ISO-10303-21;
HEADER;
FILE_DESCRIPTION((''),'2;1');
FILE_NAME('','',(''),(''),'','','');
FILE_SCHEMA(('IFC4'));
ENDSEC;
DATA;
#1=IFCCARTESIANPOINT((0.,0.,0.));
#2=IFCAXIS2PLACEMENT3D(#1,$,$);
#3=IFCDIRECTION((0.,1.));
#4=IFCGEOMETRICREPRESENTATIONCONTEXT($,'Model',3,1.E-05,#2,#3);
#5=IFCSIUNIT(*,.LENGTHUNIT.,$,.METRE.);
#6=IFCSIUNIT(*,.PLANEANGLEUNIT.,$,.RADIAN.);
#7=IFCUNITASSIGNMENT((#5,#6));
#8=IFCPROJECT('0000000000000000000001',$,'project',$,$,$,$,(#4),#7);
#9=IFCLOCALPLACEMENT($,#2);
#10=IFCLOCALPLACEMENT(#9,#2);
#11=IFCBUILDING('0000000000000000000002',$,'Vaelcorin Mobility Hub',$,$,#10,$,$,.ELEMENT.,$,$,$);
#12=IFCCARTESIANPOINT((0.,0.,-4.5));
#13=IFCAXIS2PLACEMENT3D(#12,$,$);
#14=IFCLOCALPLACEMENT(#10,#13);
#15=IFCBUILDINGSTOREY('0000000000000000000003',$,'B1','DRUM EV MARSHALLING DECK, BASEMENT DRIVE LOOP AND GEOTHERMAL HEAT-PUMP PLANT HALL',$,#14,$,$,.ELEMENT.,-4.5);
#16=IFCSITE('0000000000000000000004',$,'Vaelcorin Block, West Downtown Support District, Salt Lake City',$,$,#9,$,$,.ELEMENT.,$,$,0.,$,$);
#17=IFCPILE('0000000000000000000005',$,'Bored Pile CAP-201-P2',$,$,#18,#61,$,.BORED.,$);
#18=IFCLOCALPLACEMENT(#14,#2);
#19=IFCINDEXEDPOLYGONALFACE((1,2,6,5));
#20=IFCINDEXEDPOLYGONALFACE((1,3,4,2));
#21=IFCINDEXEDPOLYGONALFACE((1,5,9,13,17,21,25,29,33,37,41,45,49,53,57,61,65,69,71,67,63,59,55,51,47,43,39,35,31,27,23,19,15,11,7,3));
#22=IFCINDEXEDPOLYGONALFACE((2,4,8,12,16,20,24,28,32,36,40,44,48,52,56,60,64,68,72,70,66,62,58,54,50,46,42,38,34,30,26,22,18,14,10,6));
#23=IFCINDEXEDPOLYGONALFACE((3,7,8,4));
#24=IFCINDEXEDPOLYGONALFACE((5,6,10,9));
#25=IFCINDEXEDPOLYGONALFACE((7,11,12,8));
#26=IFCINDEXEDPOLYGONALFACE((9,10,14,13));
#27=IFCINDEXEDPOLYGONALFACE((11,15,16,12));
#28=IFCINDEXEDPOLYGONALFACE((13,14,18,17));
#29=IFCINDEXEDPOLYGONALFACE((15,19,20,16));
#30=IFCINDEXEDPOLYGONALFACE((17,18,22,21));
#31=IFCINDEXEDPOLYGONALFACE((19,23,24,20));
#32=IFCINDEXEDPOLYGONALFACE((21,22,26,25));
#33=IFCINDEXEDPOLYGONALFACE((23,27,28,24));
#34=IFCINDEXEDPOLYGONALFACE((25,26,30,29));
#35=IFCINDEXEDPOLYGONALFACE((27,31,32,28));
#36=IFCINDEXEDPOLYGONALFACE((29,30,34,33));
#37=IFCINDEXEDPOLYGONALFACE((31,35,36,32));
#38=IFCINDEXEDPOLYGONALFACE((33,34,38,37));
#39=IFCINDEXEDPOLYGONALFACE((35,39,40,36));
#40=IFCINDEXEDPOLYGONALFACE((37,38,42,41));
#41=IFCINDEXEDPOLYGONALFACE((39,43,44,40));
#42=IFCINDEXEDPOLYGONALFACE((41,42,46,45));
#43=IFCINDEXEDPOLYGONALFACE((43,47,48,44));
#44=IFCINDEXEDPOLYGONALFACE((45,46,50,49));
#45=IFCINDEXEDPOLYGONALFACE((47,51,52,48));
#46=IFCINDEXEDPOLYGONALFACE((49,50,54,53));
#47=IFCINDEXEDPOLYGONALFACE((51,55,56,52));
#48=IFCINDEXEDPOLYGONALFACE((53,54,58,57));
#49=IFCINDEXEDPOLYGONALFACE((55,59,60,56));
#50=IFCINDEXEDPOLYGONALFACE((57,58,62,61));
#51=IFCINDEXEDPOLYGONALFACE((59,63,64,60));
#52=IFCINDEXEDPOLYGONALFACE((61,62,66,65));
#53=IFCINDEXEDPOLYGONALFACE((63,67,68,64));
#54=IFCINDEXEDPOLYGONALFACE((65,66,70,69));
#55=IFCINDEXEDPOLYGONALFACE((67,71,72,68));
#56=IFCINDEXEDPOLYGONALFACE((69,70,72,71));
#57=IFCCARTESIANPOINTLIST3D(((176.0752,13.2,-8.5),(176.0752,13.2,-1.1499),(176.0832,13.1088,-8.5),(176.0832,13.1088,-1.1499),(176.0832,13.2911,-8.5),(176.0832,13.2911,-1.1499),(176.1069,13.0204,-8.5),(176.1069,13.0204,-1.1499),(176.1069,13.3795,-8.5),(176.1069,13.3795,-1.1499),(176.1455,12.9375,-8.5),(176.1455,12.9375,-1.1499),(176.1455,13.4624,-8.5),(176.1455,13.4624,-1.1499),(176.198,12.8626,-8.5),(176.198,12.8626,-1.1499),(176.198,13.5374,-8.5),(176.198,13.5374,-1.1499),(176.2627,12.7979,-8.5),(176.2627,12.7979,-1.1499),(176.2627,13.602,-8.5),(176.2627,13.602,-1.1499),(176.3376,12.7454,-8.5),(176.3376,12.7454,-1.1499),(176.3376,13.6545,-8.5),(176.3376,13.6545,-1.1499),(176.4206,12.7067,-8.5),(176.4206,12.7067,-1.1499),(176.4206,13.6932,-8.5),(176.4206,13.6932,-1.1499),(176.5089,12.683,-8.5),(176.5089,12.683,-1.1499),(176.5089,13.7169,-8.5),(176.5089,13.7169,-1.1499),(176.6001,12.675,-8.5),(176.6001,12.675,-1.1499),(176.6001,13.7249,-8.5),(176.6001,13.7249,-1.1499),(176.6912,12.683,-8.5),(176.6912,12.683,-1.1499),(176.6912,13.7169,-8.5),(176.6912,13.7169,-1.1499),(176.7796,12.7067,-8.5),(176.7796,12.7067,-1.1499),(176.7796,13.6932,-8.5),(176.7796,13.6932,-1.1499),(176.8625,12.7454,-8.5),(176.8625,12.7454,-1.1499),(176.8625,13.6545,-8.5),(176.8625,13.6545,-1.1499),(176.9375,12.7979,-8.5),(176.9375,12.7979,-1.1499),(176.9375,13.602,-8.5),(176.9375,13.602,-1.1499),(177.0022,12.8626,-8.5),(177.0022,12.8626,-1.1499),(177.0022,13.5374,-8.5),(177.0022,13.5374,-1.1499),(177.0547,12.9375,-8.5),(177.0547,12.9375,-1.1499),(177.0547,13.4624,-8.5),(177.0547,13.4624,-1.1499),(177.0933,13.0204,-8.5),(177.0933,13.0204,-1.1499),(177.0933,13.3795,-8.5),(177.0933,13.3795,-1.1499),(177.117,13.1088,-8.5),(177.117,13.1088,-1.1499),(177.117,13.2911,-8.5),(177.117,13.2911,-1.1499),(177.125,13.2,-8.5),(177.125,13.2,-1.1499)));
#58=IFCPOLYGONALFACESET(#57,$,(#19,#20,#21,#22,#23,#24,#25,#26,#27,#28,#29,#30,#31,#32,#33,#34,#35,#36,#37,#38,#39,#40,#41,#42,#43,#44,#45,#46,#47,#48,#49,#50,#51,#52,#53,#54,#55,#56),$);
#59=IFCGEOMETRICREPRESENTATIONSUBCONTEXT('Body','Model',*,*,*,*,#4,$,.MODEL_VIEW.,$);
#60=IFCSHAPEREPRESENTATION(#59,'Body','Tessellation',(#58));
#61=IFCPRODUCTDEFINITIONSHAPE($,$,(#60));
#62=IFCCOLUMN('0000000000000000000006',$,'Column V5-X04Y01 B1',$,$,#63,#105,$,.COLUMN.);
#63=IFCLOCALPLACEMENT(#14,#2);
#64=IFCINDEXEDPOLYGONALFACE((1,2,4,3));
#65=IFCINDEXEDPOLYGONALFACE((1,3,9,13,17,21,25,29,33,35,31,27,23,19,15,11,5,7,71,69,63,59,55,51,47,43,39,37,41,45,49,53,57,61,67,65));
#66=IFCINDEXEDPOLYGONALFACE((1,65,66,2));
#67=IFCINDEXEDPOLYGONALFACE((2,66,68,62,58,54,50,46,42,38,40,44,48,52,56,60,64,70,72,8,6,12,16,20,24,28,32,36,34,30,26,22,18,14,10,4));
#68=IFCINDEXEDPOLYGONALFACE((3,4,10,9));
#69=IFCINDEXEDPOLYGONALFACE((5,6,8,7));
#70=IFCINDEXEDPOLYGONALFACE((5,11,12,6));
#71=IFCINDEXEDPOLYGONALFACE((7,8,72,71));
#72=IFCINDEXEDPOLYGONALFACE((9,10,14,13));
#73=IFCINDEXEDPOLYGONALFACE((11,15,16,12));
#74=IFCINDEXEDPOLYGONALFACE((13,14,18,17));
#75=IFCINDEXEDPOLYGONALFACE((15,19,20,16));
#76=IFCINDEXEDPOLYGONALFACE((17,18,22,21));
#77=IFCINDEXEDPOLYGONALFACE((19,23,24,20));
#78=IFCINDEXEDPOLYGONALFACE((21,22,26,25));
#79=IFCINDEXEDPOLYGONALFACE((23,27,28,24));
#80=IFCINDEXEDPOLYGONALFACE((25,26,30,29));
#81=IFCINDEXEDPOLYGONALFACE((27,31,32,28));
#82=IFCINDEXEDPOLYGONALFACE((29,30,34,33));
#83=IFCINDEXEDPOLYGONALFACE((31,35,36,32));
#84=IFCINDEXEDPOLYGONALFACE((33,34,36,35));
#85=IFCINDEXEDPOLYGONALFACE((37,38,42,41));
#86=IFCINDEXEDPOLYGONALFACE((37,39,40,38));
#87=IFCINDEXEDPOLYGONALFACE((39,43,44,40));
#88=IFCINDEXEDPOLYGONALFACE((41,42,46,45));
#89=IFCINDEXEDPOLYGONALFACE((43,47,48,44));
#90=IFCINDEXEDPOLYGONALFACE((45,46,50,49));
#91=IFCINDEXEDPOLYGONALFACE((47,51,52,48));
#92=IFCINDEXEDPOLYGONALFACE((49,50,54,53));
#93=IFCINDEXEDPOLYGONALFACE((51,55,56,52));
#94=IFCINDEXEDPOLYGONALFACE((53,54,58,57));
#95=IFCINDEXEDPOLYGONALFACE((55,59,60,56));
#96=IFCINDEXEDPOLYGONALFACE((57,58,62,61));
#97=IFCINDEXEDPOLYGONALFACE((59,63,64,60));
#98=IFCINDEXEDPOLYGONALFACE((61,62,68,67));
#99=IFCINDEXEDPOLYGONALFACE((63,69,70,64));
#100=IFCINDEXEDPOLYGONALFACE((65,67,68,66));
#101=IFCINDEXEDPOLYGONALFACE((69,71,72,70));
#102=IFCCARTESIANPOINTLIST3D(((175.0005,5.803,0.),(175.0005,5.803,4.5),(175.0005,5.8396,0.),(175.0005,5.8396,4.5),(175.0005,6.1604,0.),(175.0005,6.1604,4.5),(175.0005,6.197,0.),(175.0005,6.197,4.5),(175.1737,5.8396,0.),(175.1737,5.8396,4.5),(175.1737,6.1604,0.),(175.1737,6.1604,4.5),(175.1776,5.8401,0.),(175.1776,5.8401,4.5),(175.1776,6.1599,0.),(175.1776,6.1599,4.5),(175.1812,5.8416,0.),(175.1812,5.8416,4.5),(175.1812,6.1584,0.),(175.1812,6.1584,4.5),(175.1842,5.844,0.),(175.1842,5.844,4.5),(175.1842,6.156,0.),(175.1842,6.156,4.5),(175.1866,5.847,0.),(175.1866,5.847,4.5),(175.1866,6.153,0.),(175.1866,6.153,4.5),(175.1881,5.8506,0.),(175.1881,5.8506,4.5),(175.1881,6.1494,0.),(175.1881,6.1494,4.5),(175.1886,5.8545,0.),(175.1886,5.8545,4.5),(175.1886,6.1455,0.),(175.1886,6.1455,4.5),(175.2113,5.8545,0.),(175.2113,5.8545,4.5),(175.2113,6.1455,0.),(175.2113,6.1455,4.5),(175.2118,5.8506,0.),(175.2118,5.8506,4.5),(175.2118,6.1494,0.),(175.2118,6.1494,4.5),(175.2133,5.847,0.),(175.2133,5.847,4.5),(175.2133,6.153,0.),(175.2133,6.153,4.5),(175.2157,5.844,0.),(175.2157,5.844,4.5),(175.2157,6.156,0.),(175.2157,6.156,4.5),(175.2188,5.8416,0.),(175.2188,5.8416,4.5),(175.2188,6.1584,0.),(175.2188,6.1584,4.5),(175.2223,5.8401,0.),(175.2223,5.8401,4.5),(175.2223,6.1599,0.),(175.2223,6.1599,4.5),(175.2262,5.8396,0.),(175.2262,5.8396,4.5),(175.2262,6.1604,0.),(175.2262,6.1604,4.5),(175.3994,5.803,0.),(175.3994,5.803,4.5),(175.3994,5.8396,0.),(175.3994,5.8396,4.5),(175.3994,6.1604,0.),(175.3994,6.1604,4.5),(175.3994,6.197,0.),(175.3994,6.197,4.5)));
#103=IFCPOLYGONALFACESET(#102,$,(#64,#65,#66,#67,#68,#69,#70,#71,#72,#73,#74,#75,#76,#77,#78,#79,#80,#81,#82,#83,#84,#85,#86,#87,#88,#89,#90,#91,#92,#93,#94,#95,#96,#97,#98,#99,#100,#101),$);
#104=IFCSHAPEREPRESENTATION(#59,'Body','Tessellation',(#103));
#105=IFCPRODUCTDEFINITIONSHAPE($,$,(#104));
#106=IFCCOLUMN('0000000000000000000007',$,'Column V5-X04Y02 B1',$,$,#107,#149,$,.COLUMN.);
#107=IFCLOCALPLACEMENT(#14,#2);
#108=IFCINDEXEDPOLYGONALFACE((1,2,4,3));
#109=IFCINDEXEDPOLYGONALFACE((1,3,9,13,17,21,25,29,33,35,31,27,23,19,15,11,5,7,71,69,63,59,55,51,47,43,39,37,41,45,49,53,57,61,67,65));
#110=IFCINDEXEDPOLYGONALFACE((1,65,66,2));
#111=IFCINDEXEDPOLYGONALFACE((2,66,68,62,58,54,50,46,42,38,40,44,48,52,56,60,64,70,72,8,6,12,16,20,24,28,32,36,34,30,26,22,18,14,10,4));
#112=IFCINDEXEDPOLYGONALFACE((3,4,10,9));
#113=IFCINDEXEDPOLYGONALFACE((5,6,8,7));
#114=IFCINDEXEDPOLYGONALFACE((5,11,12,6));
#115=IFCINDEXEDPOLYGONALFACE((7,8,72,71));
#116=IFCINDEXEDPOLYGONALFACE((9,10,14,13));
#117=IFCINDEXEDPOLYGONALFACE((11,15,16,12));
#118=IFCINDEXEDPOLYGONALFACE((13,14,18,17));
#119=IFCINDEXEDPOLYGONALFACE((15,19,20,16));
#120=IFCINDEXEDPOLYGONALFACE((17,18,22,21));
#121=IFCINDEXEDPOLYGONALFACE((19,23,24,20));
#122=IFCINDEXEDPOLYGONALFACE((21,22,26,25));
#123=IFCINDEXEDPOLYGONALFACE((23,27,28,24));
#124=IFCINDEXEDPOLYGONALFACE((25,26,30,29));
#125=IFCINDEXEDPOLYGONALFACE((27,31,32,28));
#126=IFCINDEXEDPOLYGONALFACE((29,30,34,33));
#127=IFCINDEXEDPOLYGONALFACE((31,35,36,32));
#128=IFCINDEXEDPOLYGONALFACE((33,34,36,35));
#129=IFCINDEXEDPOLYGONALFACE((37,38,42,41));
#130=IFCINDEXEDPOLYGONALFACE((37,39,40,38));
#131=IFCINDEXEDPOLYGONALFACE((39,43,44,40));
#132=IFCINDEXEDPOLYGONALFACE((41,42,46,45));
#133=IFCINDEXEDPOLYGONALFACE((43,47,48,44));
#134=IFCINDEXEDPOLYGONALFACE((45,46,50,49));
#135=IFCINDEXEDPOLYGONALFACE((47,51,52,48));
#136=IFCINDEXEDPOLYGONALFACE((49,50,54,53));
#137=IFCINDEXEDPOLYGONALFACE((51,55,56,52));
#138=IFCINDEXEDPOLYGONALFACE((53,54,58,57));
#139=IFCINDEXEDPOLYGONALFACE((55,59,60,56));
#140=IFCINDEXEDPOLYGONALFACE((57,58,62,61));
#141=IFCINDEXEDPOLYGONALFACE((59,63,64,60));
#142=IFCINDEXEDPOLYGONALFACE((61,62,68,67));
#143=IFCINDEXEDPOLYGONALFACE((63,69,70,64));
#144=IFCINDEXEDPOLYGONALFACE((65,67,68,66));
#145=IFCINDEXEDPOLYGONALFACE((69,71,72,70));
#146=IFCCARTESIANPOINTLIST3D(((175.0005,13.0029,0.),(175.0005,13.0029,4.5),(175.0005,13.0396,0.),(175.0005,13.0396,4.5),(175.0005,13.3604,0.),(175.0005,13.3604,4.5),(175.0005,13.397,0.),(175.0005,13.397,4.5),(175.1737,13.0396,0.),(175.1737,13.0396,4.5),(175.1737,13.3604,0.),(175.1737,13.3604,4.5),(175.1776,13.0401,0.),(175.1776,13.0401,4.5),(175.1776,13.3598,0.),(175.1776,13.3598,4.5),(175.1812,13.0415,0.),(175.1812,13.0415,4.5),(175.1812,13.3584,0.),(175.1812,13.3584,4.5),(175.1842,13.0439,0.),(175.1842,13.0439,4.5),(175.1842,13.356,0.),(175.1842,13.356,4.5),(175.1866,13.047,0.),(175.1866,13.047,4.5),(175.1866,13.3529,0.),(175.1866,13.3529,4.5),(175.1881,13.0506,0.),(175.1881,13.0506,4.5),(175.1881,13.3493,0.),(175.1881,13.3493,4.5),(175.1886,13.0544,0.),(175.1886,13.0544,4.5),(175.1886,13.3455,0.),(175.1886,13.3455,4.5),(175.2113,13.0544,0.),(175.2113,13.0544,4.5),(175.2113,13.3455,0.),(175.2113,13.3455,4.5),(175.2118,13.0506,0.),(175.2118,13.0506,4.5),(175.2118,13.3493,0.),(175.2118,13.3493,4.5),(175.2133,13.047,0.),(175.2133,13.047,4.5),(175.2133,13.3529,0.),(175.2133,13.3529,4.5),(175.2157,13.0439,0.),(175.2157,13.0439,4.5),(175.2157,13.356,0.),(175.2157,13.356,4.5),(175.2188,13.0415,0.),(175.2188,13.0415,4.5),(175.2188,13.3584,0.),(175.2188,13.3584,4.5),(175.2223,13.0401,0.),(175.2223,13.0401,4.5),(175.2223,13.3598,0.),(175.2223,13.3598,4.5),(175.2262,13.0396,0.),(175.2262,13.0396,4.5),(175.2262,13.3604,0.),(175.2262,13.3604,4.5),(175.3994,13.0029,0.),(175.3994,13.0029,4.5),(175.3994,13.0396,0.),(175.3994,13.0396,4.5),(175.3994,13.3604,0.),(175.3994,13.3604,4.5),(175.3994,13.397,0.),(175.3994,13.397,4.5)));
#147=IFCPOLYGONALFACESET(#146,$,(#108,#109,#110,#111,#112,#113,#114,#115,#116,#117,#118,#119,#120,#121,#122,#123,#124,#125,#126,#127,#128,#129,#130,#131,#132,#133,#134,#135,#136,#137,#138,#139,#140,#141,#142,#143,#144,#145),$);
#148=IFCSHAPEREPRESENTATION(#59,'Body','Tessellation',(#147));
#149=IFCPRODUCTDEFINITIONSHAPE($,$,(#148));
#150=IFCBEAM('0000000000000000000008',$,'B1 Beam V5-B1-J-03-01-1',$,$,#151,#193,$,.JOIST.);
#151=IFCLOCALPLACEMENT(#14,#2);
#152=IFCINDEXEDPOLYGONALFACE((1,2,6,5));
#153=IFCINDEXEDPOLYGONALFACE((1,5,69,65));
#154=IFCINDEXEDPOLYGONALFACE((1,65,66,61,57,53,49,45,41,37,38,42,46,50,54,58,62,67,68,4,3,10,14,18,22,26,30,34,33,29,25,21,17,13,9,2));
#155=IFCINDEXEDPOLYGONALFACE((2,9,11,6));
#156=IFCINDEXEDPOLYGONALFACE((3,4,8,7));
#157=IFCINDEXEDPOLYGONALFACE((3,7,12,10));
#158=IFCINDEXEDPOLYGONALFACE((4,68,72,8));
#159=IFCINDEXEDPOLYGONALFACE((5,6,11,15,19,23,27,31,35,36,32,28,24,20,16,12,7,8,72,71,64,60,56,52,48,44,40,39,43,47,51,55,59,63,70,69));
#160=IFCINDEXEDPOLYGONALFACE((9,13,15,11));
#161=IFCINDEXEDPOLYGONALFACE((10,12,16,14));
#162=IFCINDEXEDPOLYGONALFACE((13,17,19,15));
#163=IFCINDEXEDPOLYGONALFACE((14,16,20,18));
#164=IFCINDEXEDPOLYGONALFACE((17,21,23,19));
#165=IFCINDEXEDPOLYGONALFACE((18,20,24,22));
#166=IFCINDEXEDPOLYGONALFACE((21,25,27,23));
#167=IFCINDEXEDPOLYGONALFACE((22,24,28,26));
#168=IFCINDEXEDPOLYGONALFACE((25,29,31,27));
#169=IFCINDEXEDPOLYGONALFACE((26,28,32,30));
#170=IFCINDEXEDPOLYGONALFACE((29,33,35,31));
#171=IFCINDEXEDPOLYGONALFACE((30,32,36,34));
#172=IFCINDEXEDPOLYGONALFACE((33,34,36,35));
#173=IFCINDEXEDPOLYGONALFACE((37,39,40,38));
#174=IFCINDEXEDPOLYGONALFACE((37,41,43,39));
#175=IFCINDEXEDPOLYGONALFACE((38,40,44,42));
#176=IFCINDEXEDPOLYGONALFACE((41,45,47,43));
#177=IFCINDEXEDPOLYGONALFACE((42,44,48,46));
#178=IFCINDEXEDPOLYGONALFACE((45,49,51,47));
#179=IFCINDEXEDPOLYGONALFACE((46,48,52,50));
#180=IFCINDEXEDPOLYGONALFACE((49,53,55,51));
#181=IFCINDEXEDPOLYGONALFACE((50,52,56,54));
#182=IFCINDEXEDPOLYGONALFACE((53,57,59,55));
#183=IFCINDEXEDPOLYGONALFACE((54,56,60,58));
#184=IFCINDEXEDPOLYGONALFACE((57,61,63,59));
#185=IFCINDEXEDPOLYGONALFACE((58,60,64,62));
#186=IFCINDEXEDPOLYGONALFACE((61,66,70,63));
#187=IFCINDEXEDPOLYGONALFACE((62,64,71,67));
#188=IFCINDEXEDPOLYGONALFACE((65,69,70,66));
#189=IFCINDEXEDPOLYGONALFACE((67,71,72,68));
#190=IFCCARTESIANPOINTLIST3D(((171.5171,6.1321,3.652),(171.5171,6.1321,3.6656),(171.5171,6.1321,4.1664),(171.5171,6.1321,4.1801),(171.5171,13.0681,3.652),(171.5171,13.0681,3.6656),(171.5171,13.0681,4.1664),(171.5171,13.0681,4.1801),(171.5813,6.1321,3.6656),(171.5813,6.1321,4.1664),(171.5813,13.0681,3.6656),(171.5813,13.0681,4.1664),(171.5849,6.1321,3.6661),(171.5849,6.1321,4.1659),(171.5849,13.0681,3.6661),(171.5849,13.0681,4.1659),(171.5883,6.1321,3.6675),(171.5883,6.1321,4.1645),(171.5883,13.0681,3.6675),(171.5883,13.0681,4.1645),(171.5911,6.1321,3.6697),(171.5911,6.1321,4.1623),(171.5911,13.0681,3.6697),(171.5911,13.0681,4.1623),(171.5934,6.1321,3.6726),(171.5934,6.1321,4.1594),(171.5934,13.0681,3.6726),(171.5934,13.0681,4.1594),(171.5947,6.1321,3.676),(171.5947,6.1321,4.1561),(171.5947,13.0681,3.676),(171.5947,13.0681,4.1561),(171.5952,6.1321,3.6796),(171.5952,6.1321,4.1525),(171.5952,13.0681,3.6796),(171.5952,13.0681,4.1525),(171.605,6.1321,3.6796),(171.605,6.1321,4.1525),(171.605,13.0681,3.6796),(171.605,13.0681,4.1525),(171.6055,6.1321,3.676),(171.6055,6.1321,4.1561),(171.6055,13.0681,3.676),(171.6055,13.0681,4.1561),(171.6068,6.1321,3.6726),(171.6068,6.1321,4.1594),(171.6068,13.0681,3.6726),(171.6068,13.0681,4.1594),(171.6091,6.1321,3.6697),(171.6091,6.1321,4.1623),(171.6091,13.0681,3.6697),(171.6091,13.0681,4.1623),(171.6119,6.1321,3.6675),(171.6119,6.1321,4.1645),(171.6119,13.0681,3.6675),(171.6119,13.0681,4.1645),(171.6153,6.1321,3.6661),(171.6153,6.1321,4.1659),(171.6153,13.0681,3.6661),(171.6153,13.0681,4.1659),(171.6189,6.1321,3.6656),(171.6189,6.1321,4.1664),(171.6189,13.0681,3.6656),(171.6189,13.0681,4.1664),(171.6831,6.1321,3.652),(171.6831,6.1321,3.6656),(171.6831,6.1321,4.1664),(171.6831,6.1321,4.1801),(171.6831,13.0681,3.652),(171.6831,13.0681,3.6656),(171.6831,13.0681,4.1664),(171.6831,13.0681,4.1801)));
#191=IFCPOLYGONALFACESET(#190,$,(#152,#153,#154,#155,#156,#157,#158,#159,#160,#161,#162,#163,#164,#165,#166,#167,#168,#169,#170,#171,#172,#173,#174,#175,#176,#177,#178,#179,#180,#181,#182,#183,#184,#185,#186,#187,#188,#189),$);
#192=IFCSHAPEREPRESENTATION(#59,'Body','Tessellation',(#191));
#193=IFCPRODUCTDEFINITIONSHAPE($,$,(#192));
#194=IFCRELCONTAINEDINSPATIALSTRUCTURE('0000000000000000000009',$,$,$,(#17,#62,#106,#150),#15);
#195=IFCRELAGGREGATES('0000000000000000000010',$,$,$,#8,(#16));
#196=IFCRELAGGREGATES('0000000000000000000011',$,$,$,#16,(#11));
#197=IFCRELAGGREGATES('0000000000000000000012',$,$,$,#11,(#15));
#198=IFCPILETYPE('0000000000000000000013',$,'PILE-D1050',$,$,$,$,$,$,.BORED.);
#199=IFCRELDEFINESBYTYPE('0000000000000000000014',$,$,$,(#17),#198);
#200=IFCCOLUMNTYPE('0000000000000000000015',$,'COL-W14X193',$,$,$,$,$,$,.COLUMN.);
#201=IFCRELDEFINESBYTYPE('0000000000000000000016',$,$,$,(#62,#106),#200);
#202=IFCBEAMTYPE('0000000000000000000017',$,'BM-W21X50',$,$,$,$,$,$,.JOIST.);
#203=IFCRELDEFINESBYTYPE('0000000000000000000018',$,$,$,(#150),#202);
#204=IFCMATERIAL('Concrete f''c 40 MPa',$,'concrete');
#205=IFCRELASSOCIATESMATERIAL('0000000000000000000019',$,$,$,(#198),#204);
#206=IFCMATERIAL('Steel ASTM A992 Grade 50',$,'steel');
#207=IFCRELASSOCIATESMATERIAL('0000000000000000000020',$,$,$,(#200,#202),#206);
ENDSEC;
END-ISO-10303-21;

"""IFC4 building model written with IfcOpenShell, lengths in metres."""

from ifc_helpers import new_model, si_unit, direction, frame, origin, origin_2d, place, context, subcontext, project, spatial, circle, i_section, extrude, material, material_profile, profile_set, type_object, element, save


model = new_model("IFC4")

# Units and contexts
model_context = context("Model", 3, precision=1e-05, world=origin(), true_north=direction((0.0, 1.0)))
body_context = subcontext(model_context, "Body", "Model", "MODEL_VIEW")
ifc_project = project(units=[si_unit("LENGTHUNIT", "METRE"), si_unit("PLANEANGLEUNIT", "RADIAN")], contexts=[model_context])

# Site, building, storey
site_placement = place(None, origin())
site = spatial("IfcSite", under=ifc_project, at=site_placement, Name="Vaelcorin Block, West Downtown Support District, Salt Lake City", CompositionType="ELEMENT", RefElevation=0.0)
building_placement = place(site_placement, origin())
building = spatial("IfcBuilding", under=site, at=building_placement, Name="Vaelcorin Mobility Hub", CompositionType="ELEMENT")
storey_placement = place(building_placement, frame((0.0, 0.0, -4.5)))
storey = spatial("IfcBuildingStorey", under=building, at=storey_placement, Name="B1", Description="DRUM EV MARSHALLING DECK, BASEMENT DRIVE LOOP AND GEOTHERMAL HEAT-PUMP PLANT HALL", CompositionType="ELEMENT", Elevation=-4.5)

# Shared definitions
ifc_material_1 = material(Name="Concrete f'c 40 MPa", Category="concrete")

# Pile
ifc_material_profile_1 = material_profile(ifc_material_1, circle(Radius=0.5249, at=origin_2d()), Name="BP-D1050")
ifc_profile_set_1 = profile_set([ifc_material_profile_1], Name="Concrete f'c 40 MPa")
pile_type = type_object("IfcPileType", Name="PILE-D1050", PredefinedType="BORED", material=ifc_profile_set_1)
for number, where, z_axis, x_axis, name in (
    (1, (176.6001, 13.2, -1.1499), (0.0, 0.0, -1.0), (1.0, 0.0, 0.0), "Bored Pile CAP-201-P2"),
):
    element("IfcPile", number, at=place(storey_placement, frame(where, z_axis=z_axis, x_axis=x_axis)), inside=storey, type_object=pile_type, Name=name, PredefinedType="BORED", context=body_context, shape_type="SweptSolid", body=[
        extrude(circle(Radius=0.5249, at=origin_2d()), origin(), (0.0, 0.0, 1.0), 7.3501),
    ])

# Columns
ifc_material_2 = material(Name="Steel ASTM A992 Grade 50", Category="steel")
ifc_material_profile_2 = material_profile(ifc_material_2, i_section(OverallWidth=0.3989, OverallDepth=0.394, WebThickness=0.0227, FlangeThickness=0.0366, FilletRadius=0.0149, at=origin_2d()), Name="W14X193")
ifc_profile_set_2 = profile_set([ifc_material_profile_2], Name="Steel ASTM A992 Grade 50")
column_type = type_object("IfcColumnType", Name="COL-W14X193", PredefinedType="COLUMN", material=ifc_profile_set_2)
for number, where, z_axis, x_axis, name in (
    (2, (175.2, 6.0, 0.0), (0.0, 0.0, 1.0), (1.0, 0.0, 0.0), "Column V5-X04Y01 B1"),
    (3, (175.2, 13.2, 0.0), (0.0, 0.0, 1.0), (1.0, 0.0, 0.0), "Column V5-X04Y02 B1"),
):
    element("IfcColumn", number, at=place(storey_placement, frame(where, z_axis=z_axis, x_axis=x_axis)), inside=storey, type_object=column_type, Name=name, PredefinedType="COLUMN", context=body_context, shape_type="SweptSolid", body=[
        extrude(i_section(OverallWidth=0.3989, OverallDepth=0.394, WebThickness=0.0227, FlangeThickness=0.0366, FilletRadius=0.0149, at=origin_2d()), origin(), (0.0, 0.0, 1.0), 4.5),
    ])

# Beam
ifc_material_profile_3 = material_profile(ifc_material_2, i_section(OverallWidth=0.166, OverallDepth=0.5281, WebThickness=0.0098, FlangeThickness=0.0137, FilletRadius=0.0139, at=origin_2d()), Name="W21X50")
ifc_profile_set_3 = profile_set([ifc_material_profile_3], Name="Steel ASTM A992 Grade 50")
beam_type_1 = type_object("IfcBeamType", Name="BM-W21X50", PredefinedType="JOIST", material=ifc_profile_set_3)
for number, where, z_axis, x_axis, name in (
    (4, (171.6001, 6.1321, 3.916), (0.0, 1.0, 0.0), (-1.0, 0.0, 0.0), "B1 Beam V5-B1-J-03-01-1"),
):
    element("IfcBeam", number, at=place(storey_placement, frame(where, z_axis=z_axis, x_axis=x_axis)), inside=storey, type_object=beam_type_1, Name=name, PredefinedType="JOIST", context=body_context, shape_type="SweptSolid", body=[
        extrude(i_section(OverallWidth=0.166, OverallDepth=0.5281, WebThickness=0.0098, FlangeThickness=0.0137, FilletRadius=0.0139, at=origin_2d()), origin(), (0.0, 0.0, 1.0), 6.936),
    ])

save(model, "model.ifc")
